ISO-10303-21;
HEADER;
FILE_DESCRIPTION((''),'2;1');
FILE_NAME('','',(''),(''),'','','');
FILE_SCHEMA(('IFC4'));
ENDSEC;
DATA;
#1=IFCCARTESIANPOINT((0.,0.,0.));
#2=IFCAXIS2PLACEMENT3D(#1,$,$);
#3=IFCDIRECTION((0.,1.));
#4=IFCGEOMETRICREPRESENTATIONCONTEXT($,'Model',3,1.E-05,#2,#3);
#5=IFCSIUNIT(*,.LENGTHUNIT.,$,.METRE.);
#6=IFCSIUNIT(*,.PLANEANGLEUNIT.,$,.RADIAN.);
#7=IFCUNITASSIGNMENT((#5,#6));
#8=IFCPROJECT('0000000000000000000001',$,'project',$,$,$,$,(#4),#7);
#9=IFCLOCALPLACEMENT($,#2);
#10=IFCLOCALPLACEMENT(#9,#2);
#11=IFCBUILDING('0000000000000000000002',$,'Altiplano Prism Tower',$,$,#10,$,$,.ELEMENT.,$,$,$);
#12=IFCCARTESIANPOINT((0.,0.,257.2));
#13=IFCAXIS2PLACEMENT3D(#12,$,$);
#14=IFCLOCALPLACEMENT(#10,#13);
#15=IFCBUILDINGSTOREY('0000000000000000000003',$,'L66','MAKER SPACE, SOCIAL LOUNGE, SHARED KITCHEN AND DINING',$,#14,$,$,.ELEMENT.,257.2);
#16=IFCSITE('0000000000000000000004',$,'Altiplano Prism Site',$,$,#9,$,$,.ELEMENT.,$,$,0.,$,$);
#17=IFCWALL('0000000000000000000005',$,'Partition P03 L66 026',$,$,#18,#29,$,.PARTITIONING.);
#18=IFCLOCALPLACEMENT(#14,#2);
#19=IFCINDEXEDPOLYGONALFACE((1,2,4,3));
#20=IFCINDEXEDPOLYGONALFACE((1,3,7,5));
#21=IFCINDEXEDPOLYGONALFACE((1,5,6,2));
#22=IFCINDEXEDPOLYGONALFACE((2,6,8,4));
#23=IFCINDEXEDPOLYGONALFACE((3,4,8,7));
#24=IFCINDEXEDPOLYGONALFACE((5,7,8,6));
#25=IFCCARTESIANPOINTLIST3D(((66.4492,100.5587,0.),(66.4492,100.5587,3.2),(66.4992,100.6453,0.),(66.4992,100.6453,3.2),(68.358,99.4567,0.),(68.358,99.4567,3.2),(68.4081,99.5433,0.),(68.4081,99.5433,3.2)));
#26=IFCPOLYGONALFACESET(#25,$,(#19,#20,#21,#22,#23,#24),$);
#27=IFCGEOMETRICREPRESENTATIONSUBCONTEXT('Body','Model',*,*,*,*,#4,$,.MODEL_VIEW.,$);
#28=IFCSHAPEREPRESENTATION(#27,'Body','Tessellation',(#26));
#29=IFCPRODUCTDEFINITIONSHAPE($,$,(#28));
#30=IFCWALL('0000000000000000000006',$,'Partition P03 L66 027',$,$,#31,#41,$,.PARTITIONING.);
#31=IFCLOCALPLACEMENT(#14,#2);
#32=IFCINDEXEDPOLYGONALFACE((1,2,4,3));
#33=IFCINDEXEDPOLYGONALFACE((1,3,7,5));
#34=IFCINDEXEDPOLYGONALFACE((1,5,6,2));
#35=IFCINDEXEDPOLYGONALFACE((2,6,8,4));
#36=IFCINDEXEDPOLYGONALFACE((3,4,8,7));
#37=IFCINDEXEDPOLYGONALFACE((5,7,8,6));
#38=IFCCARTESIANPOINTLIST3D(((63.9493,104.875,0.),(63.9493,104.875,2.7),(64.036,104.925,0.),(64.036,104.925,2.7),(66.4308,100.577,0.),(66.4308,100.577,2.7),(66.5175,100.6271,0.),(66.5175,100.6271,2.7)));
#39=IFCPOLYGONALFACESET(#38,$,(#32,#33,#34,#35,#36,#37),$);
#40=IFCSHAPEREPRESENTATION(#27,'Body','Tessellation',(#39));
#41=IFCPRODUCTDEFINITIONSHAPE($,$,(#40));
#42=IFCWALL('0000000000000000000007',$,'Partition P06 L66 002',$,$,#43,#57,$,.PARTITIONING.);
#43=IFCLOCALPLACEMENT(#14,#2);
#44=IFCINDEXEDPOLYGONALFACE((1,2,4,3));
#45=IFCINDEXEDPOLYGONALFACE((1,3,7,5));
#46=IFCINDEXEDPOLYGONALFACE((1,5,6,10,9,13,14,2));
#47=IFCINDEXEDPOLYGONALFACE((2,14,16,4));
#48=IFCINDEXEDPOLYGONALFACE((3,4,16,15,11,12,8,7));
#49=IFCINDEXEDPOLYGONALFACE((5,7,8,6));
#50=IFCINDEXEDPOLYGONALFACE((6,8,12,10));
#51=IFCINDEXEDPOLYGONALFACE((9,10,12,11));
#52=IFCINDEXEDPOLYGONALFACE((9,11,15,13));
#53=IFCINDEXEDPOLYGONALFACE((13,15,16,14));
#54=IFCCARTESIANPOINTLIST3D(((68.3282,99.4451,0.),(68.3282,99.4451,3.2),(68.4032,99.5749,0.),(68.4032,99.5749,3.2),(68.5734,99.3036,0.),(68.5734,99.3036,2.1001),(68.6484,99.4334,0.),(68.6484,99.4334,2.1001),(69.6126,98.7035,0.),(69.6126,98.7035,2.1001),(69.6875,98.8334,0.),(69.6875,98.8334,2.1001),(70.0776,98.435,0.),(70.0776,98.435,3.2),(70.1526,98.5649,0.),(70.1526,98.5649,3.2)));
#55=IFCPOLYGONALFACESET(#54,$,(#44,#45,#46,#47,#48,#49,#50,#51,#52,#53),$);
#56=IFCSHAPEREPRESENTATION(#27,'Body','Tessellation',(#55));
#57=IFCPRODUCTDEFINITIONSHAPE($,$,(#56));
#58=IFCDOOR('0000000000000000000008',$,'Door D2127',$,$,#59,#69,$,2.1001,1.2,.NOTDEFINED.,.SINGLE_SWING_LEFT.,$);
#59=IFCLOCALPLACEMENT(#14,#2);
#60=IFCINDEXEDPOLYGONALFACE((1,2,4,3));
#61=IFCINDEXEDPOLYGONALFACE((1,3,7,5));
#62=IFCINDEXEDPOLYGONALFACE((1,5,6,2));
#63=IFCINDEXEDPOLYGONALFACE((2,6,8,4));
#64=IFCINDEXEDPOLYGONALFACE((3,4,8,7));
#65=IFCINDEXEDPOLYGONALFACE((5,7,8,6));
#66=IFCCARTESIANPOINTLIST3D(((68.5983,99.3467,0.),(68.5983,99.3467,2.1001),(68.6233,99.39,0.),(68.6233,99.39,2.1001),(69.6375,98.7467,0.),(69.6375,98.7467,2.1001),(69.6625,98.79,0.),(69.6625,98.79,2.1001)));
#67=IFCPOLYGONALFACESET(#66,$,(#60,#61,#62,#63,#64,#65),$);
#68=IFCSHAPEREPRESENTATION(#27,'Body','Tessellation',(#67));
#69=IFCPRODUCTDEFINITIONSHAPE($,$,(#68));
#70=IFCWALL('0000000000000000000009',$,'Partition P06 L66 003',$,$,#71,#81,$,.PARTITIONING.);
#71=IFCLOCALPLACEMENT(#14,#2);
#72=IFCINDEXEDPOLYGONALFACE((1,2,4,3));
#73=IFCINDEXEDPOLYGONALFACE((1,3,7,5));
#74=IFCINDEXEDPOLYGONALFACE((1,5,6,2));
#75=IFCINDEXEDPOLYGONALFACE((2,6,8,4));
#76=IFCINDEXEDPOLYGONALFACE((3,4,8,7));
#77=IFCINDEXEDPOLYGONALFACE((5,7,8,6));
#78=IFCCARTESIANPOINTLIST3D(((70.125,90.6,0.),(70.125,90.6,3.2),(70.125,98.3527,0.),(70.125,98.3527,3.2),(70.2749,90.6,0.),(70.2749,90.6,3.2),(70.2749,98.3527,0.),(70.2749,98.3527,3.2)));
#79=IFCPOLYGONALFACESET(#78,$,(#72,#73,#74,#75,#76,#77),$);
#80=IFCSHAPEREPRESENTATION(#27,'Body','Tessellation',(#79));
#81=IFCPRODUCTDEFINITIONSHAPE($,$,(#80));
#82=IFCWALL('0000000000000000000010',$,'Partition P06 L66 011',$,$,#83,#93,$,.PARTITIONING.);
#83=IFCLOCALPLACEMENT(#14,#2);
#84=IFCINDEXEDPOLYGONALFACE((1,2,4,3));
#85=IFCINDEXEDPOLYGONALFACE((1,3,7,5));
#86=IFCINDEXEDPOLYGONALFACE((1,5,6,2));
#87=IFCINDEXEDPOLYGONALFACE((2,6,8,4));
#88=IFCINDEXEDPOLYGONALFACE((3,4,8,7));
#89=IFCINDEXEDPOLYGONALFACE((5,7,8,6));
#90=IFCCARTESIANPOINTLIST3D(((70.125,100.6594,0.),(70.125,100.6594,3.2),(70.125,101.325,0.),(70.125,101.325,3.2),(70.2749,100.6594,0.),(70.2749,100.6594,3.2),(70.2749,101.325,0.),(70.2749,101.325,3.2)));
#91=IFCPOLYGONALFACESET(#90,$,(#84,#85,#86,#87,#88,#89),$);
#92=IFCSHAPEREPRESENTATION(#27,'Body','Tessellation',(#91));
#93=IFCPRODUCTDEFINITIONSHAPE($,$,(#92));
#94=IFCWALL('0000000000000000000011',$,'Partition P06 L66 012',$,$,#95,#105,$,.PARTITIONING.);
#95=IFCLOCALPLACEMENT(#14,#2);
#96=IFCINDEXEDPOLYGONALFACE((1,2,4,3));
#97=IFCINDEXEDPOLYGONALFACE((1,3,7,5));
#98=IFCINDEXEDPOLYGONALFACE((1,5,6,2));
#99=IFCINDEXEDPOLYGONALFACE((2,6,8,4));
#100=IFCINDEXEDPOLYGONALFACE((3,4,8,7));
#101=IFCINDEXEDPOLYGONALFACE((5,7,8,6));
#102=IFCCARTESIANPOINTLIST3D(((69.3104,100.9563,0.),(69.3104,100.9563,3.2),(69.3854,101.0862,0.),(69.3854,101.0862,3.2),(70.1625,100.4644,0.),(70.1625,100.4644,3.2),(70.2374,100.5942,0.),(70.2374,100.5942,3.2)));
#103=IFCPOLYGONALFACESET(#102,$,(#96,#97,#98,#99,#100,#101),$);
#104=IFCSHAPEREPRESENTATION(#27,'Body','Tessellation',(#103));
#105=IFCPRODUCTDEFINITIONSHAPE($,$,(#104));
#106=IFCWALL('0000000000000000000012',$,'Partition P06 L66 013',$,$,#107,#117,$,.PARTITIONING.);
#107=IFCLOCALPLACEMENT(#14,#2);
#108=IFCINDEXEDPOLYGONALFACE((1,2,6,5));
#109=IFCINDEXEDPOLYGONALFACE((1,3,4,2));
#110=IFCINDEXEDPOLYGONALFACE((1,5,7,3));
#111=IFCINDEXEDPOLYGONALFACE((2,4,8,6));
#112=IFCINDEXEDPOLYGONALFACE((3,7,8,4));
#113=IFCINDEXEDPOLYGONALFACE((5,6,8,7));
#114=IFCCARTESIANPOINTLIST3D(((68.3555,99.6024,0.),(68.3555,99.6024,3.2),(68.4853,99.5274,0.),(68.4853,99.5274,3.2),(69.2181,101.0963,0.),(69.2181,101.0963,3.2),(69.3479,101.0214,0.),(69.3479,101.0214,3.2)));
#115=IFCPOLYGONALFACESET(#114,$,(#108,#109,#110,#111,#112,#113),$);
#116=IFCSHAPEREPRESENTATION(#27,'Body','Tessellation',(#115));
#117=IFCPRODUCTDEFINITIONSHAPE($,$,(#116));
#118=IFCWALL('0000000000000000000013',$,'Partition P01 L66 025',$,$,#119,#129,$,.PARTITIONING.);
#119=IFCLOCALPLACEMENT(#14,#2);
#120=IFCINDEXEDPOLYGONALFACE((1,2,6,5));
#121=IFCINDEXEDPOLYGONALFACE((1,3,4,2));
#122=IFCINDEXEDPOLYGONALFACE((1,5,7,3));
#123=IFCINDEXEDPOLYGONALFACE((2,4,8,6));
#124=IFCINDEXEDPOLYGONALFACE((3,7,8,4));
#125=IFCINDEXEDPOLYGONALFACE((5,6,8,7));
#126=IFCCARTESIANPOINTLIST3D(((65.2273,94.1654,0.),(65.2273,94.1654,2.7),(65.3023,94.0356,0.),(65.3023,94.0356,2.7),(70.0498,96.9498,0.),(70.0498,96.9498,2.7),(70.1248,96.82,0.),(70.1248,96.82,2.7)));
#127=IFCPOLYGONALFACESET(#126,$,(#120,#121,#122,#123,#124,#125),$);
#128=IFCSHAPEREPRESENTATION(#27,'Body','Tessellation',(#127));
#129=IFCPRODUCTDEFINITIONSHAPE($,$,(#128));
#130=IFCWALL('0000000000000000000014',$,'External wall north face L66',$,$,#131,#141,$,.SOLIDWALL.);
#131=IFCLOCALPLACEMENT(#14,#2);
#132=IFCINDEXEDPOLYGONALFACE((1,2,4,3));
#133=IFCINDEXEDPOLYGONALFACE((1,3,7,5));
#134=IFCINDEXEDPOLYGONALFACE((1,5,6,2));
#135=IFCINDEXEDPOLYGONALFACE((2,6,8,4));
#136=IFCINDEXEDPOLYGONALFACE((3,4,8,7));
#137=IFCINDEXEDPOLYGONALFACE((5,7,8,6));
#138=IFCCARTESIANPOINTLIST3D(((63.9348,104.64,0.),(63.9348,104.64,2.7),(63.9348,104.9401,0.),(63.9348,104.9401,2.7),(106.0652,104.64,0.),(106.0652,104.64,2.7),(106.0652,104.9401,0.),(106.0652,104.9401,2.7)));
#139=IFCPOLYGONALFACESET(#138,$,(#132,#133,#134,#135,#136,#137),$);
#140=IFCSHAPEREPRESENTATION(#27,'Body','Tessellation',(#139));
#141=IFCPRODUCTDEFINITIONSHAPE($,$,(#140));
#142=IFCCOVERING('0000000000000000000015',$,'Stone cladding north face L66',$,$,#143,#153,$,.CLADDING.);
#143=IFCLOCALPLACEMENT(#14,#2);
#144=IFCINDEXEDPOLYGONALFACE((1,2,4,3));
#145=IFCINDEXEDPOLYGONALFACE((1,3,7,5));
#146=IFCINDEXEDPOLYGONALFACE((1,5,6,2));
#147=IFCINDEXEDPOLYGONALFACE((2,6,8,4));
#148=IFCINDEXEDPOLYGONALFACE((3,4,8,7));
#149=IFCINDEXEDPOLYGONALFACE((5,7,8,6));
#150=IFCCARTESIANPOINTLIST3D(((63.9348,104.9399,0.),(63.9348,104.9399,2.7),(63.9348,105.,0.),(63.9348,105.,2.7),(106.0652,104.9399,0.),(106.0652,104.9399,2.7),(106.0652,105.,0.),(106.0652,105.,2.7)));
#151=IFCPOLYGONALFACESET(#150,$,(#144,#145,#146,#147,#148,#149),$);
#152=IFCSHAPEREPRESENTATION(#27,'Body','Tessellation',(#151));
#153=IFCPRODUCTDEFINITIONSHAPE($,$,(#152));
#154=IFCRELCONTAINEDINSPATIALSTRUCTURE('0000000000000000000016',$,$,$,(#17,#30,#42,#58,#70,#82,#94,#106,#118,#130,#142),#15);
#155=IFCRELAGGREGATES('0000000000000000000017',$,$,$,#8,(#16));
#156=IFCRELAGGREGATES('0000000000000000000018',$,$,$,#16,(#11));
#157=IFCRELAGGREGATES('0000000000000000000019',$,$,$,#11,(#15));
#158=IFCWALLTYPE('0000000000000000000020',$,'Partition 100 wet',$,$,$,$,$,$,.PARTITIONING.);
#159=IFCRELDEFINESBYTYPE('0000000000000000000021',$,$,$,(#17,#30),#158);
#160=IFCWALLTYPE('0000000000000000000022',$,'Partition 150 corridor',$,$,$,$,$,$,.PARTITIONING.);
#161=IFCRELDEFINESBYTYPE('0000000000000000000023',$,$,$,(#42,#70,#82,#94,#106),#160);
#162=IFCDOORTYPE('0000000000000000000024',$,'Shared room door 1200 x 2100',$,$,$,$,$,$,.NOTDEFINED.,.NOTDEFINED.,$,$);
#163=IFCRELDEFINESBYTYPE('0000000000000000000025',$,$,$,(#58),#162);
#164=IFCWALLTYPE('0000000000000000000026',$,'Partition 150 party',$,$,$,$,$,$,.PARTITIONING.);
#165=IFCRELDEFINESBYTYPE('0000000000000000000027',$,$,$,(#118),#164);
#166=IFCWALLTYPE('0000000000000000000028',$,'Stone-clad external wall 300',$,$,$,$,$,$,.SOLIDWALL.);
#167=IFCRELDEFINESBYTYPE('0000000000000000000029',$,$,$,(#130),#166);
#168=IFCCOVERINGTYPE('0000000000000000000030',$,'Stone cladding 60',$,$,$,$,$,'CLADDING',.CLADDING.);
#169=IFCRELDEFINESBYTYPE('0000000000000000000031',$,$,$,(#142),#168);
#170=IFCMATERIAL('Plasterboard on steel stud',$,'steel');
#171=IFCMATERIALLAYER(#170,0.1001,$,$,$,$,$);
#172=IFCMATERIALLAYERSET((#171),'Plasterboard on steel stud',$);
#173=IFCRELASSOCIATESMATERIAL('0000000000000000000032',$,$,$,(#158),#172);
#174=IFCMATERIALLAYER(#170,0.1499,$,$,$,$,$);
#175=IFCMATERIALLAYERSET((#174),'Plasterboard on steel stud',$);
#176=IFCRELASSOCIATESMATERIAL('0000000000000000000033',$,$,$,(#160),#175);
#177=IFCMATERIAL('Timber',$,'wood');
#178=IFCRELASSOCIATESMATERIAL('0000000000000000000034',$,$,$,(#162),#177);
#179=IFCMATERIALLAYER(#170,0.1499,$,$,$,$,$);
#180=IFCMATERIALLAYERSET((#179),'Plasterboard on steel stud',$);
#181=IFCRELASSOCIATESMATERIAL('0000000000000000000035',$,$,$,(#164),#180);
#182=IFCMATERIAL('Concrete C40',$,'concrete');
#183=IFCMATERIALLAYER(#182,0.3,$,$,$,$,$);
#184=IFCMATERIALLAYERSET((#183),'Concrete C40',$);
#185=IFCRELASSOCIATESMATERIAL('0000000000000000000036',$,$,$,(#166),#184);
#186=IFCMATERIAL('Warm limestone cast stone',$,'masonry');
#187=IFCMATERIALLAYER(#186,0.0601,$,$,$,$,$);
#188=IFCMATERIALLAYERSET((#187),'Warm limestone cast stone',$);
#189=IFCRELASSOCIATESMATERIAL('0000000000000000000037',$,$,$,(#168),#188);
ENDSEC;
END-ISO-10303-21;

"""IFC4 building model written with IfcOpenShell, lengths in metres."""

from ifc_helpers import new_model, si_unit, direction, frame, frame_2d, origin, place, context, subcontext, project, spatial, rectangle, extrude, material, layer, layer_set, type_object, element, fill, save


model = new_model("IFC4")

# Units and contexts
model_context = context("Model", 3, precision=1e-05, world=origin(), true_north=direction((0.0, 1.0)))
body_context = subcontext(model_context, "Body", "Model", "MODEL_VIEW")
ifc_project = project(units=[si_unit("LENGTHUNIT", "METRE"), si_unit("PLANEANGLEUNIT", "RADIAN")], contexts=[model_context])

# Site, building, storey
site_placement = place(None, origin())
site = spatial("IfcSite", under=ifc_project, at=site_placement, Name="Altiplano Prism Site", CompositionType="ELEMENT", RefElevation=0.0)
building_placement = place(site_placement, origin())
building = spatial("IfcBuilding", under=site, at=building_placement, Name="Altiplano Prism Tower", CompositionType="ELEMENT")
storey_placement = place(building_placement, frame((0.0, 0.0, 257.2)))
storey = spatial("IfcBuildingStorey", under=building, at=storey_placement, Name="L66", Description="MAKER SPACE, SOCIAL LOUNGE, SHARED KITCHEN AND DINING", CompositionType="ELEMENT", Elevation=257.2)

# Walls
ifc_material_1 = material(Name="Plasterboard on steel stud", Category="steel")
ifc_layer_1 = layer(ifc_material_1, 0.1001)
ifc_layer_set_1 = layer_set([ifc_layer_1], Name="Plasterboard on steel stud")
wall_type_1 = type_object("IfcWallType", Name="Partition 100 wet", PredefinedType="PARTITIONING", material=ifc_layer_set_1)
wall_1_placement = place(storey_placement, frame((68.3831, 99.5, 0.0), z_axis=(0.0, 0.0, 1.0), x_axis=(-0.86604, 0.499975, 0.0)))
element("IfcWall", 1, at=wall_1_placement, inside=storey, type_object=wall_type_1, Name="Partition P03 L66 026", PredefinedType="PARTITIONING", context=body_context, shape_type="SweptSolid", body=[
    extrude(rectangle(XDim=2.2041, YDim=0.1001, at=frame_2d((1.1021, 0.0))), origin(), (0.0, 0.0, 1.0), 3.2),
])
wall_2_placement = place(storey_placement, frame((66.4741, 100.6021, 0.0), z_axis=(0.0, 0.0, 1.0), x_axis=(-0.500012, 0.866018, 0.0)))
element("IfcWall", 2, at=wall_2_placement, inside=storey, type_object=wall_type_1, Name="Partition P03 L66 027", PredefinedType="PARTITIONING", context=body_context, shape_type="SweptSolid", body=[
    extrude(rectangle(XDim=4.9629, YDim=0.1001, at=frame_2d((2.4814, 0.0))), origin(), (0.0, 0.0, 1.0), 2.7),
])

# Wall, opening, door
ifc_layer_2 = layer(ifc_material_1, 0.1499)
ifc_layer_set_2 = layer_set([ifc_layer_2], Name="Plasterboard on steel stud")
wall_type_2 = type_object("IfcWallType", Name="Partition 150 corridor", PredefinedType="PARTITIONING", material=ifc_layer_set_2)
wall_3_placement = place(storey_placement, frame((68.3657, 99.51, 0.0), z_axis=(0.0, 0.0, 1.0), x_axis=(0.86601, -0.500026, 0.0)))
wall_3 = element("IfcWall", 3, at=wall_3_placement, inside=storey, type_object=wall_type_2, Name="Partition P06 L66 002", PredefinedType="PARTITIONING", context=body_context, shape_type="SweptSolid", body=[
    extrude(rectangle(XDim=2.02, YDim=0.1499, at=frame_2d((1.01, 0.0))), origin(), (0.0, 0.0, 1.0), 3.2),
])
opening_placement = place(wall_3_placement, frame((0.283, 0.0, 0.0)))
opening = element("IfcOpeningElement", 4, at=opening_placement, cuts=wall_3, PredefinedType="OPENING", context=body_context, shape_type="SweptSolid", body=[
    extrude(rectangle(XDim=1.2, YDim=2.1001, at=frame_2d((0.6001, 1.05))), frame((0.0, 0.0854, 0.0), z_axis=(0.0, -1.0, 0.0), x_axis=(1.0, 0.0, 0.0)), (0.0, 0.0, 1.0), 0.1709),
])
ifc_material_2 = material(Name="Timber", Category="wood")
door_type = type_object("IfcDoorType", Name="Shared room door 1200 x 2100", OperationType="NOTDEFINED", PredefinedType="NOTDEFINED", material=ifc_material_2)
door_placement = place(opening_placement, origin())
door = element("IfcDoor", 5, at=door_placement, inside=storey, type_object=door_type, Name="Door D2127", OperationType="SINGLE_SWING_LEFT", OverallHeight=2.1001, OverallWidth=1.2, PredefinedType="NOTDEFINED", context=body_context, shape_type="SweptSolid", body=[
    extrude(rectangle(XDim=1.2, YDim=2.1001, at=frame_2d((0.6001, 1.05))), frame((0.0, 0.0249, 0.0), z_axis=(0.0, -1.0, 0.0), x_axis=(1.0, 0.0, 0.0)), (0.0, 0.0, 1.0), 0.05),
])
fill(opening, door)

# Walls
wall_4_placement = place(storey_placement, frame((70.2, 98.3528, 0.0), z_axis=(0.0, 0.0, 1.0), x_axis=(0.0, -1.0, 0.0)))
element("IfcWall", 6, at=wall_4_placement, inside=storey, type_object=wall_type_2, Name="Partition P06 L66 003", PredefinedType="PARTITIONING", context=body_context, shape_type="SweptSolid", body=[
    extrude(rectangle(XDim=7.7527, YDim=0.1499, at=frame_2d((3.8765, 0.0))), origin(), (0.0, 0.0, 1.0), 3.2),
])
wall_5_placement = place(storey_placement, frame((70.2, 101.325, 0.0), z_axis=(0.0, 0.0, 1.0), x_axis=(0.0, -1.0, 0.0)))
element("IfcWall", 7, at=wall_5_placement, inside=storey, type_object=wall_type_2, Name="Partition P06 L66 011", PredefinedType="PARTITIONING", context=body_context, shape_type="SweptSolid", body=[
    extrude(rectangle(XDim=0.6655, YDim=0.1499, at=frame_2d((0.3328, 0.0))), origin(), (0.0, 0.0, 1.0), 3.2),
])
wall_6_placement = place(storey_placement, frame((70.2, 100.5293, 0.0), z_axis=(0.0, 0.0, 1.0), x_axis=(-0.86602, 0.500009, 0.0)))
element("IfcWall", 8, at=wall_6_placement, inside=storey, type_object=wall_type_2, Name="Partition P06 L66 012", PredefinedType="PARTITIONING", context=body_context, shape_type="SweptSolid", body=[
    extrude(rectangle(XDim=0.9839, YDim=0.1499, at=frame_2d((0.4919, 0.0))), origin(), (0.0, 0.0, 1.0), 3.2),
])
wall_7_placement = place(storey_placement, frame((69.283, 101.0588, 0.0), z_axis=(0.0, 0.0, 1.0), x_axis=(-0.500021, -0.866014, 0.0)))
element("IfcWall", 9, at=wall_7_placement, inside=storey, type_object=wall_type_2, Name="Partition P06 L66 013", PredefinedType="PARTITIONING", context=body_context, shape_type="SweptSolid", body=[
    extrude(rectangle(XDim=1.7251, YDim=0.1499, at=frame_2d((0.8625, 0.0))), origin(), (0.0, 0.0, 1.0), 3.2),
])
ifc_layer_3 = layer(ifc_material_1, 0.1499)
ifc_layer_set_3 = layer_set([ifc_layer_3], Name="Plasterboard on steel stud")
wall_type_3 = type_object("IfcWallType", Name="Partition 150 party", PredefinedType="PARTITIONING", material=ifc_layer_set_3)
wall_8_placement = place(storey_placement, frame((65.2649, 94.1006, 0.0), z_axis=(0.0, 0.0, 1.0), x_axis=(0.866014, 0.50002, 0.0)))
element("IfcWall", 10, at=wall_8_placement, inside=storey, type_object=wall_type_3, Name="Partition P01 L66 025", PredefinedType="PARTITIONING", context=body_context, shape_type="SweptSolid", body=[
    extrude(rectangle(XDim=5.5686, YDim=0.1499, at=frame_2d((2.7842, 0.0))), origin(), (0.0, 0.0, 1.0), 2.7),
])
ifc_material_3 = material(Name="Concrete C40", Category="concrete")
ifc_layer_4 = layer(ifc_material_3, 0.3)
ifc_layer_set_4 = layer_set([ifc_layer_4], Name="Concrete C40")
wall_type_4 = type_object("IfcWallType", Name="Stone-clad external wall 300", PredefinedType="SOLIDWALL", material=ifc_layer_set_4)
wall_9_placement = place(storey_placement, frame((63.9348, 104.79, 0.0), z_axis=(0.0, 0.0, 1.0), x_axis=(1.0, 0.0, 0.0)))
element("IfcWall", 11, at=wall_9_placement, inside=storey, type_object=wall_type_4, Name="External wall north face L66", PredefinedType="SOLIDWALL", context=body_context, shape_type="SweptSolid", body=[
    extrude(rectangle(XDim=42.1304, YDim=0.3, at=frame_2d((21.0652, 0.0))), origin(), (0.0, 0.0, 1.0), 2.7),
])

# Covering
ifc_material_4 = material(Name="Warm limestone cast stone", Category="masonry")
ifc_layer_5 = layer(ifc_material_4, 0.0601)
ifc_layer_set_5 = layer_set([ifc_layer_5], Name="Warm limestone cast stone")
covering_type = type_object("IfcCoveringType", Name="Stone cladding 60", ElementType="CLADDING", PredefinedType="CLADDING", material=ifc_layer_set_5)
covering_placement = place(storey_placement, frame((63.9348, 104.97, 0.0), z_axis=(0.0, 0.0, 1.0), x_axis=(1.0, 0.0, 0.0)))
element("IfcCovering", 12, at=covering_placement, inside=storey, type_object=covering_type, Name="Stone cladding north face L66", PredefinedType="CLADDING", context=body_context, shape_type="SweptSolid", body=[
    extrude(rectangle(XDim=42.1304, YDim=0.0601, at=frame_2d((21.0652, 0.0))), origin(), (0.0, 0.0, 1.0), 2.7),
])

save(model, "model.ifc")
